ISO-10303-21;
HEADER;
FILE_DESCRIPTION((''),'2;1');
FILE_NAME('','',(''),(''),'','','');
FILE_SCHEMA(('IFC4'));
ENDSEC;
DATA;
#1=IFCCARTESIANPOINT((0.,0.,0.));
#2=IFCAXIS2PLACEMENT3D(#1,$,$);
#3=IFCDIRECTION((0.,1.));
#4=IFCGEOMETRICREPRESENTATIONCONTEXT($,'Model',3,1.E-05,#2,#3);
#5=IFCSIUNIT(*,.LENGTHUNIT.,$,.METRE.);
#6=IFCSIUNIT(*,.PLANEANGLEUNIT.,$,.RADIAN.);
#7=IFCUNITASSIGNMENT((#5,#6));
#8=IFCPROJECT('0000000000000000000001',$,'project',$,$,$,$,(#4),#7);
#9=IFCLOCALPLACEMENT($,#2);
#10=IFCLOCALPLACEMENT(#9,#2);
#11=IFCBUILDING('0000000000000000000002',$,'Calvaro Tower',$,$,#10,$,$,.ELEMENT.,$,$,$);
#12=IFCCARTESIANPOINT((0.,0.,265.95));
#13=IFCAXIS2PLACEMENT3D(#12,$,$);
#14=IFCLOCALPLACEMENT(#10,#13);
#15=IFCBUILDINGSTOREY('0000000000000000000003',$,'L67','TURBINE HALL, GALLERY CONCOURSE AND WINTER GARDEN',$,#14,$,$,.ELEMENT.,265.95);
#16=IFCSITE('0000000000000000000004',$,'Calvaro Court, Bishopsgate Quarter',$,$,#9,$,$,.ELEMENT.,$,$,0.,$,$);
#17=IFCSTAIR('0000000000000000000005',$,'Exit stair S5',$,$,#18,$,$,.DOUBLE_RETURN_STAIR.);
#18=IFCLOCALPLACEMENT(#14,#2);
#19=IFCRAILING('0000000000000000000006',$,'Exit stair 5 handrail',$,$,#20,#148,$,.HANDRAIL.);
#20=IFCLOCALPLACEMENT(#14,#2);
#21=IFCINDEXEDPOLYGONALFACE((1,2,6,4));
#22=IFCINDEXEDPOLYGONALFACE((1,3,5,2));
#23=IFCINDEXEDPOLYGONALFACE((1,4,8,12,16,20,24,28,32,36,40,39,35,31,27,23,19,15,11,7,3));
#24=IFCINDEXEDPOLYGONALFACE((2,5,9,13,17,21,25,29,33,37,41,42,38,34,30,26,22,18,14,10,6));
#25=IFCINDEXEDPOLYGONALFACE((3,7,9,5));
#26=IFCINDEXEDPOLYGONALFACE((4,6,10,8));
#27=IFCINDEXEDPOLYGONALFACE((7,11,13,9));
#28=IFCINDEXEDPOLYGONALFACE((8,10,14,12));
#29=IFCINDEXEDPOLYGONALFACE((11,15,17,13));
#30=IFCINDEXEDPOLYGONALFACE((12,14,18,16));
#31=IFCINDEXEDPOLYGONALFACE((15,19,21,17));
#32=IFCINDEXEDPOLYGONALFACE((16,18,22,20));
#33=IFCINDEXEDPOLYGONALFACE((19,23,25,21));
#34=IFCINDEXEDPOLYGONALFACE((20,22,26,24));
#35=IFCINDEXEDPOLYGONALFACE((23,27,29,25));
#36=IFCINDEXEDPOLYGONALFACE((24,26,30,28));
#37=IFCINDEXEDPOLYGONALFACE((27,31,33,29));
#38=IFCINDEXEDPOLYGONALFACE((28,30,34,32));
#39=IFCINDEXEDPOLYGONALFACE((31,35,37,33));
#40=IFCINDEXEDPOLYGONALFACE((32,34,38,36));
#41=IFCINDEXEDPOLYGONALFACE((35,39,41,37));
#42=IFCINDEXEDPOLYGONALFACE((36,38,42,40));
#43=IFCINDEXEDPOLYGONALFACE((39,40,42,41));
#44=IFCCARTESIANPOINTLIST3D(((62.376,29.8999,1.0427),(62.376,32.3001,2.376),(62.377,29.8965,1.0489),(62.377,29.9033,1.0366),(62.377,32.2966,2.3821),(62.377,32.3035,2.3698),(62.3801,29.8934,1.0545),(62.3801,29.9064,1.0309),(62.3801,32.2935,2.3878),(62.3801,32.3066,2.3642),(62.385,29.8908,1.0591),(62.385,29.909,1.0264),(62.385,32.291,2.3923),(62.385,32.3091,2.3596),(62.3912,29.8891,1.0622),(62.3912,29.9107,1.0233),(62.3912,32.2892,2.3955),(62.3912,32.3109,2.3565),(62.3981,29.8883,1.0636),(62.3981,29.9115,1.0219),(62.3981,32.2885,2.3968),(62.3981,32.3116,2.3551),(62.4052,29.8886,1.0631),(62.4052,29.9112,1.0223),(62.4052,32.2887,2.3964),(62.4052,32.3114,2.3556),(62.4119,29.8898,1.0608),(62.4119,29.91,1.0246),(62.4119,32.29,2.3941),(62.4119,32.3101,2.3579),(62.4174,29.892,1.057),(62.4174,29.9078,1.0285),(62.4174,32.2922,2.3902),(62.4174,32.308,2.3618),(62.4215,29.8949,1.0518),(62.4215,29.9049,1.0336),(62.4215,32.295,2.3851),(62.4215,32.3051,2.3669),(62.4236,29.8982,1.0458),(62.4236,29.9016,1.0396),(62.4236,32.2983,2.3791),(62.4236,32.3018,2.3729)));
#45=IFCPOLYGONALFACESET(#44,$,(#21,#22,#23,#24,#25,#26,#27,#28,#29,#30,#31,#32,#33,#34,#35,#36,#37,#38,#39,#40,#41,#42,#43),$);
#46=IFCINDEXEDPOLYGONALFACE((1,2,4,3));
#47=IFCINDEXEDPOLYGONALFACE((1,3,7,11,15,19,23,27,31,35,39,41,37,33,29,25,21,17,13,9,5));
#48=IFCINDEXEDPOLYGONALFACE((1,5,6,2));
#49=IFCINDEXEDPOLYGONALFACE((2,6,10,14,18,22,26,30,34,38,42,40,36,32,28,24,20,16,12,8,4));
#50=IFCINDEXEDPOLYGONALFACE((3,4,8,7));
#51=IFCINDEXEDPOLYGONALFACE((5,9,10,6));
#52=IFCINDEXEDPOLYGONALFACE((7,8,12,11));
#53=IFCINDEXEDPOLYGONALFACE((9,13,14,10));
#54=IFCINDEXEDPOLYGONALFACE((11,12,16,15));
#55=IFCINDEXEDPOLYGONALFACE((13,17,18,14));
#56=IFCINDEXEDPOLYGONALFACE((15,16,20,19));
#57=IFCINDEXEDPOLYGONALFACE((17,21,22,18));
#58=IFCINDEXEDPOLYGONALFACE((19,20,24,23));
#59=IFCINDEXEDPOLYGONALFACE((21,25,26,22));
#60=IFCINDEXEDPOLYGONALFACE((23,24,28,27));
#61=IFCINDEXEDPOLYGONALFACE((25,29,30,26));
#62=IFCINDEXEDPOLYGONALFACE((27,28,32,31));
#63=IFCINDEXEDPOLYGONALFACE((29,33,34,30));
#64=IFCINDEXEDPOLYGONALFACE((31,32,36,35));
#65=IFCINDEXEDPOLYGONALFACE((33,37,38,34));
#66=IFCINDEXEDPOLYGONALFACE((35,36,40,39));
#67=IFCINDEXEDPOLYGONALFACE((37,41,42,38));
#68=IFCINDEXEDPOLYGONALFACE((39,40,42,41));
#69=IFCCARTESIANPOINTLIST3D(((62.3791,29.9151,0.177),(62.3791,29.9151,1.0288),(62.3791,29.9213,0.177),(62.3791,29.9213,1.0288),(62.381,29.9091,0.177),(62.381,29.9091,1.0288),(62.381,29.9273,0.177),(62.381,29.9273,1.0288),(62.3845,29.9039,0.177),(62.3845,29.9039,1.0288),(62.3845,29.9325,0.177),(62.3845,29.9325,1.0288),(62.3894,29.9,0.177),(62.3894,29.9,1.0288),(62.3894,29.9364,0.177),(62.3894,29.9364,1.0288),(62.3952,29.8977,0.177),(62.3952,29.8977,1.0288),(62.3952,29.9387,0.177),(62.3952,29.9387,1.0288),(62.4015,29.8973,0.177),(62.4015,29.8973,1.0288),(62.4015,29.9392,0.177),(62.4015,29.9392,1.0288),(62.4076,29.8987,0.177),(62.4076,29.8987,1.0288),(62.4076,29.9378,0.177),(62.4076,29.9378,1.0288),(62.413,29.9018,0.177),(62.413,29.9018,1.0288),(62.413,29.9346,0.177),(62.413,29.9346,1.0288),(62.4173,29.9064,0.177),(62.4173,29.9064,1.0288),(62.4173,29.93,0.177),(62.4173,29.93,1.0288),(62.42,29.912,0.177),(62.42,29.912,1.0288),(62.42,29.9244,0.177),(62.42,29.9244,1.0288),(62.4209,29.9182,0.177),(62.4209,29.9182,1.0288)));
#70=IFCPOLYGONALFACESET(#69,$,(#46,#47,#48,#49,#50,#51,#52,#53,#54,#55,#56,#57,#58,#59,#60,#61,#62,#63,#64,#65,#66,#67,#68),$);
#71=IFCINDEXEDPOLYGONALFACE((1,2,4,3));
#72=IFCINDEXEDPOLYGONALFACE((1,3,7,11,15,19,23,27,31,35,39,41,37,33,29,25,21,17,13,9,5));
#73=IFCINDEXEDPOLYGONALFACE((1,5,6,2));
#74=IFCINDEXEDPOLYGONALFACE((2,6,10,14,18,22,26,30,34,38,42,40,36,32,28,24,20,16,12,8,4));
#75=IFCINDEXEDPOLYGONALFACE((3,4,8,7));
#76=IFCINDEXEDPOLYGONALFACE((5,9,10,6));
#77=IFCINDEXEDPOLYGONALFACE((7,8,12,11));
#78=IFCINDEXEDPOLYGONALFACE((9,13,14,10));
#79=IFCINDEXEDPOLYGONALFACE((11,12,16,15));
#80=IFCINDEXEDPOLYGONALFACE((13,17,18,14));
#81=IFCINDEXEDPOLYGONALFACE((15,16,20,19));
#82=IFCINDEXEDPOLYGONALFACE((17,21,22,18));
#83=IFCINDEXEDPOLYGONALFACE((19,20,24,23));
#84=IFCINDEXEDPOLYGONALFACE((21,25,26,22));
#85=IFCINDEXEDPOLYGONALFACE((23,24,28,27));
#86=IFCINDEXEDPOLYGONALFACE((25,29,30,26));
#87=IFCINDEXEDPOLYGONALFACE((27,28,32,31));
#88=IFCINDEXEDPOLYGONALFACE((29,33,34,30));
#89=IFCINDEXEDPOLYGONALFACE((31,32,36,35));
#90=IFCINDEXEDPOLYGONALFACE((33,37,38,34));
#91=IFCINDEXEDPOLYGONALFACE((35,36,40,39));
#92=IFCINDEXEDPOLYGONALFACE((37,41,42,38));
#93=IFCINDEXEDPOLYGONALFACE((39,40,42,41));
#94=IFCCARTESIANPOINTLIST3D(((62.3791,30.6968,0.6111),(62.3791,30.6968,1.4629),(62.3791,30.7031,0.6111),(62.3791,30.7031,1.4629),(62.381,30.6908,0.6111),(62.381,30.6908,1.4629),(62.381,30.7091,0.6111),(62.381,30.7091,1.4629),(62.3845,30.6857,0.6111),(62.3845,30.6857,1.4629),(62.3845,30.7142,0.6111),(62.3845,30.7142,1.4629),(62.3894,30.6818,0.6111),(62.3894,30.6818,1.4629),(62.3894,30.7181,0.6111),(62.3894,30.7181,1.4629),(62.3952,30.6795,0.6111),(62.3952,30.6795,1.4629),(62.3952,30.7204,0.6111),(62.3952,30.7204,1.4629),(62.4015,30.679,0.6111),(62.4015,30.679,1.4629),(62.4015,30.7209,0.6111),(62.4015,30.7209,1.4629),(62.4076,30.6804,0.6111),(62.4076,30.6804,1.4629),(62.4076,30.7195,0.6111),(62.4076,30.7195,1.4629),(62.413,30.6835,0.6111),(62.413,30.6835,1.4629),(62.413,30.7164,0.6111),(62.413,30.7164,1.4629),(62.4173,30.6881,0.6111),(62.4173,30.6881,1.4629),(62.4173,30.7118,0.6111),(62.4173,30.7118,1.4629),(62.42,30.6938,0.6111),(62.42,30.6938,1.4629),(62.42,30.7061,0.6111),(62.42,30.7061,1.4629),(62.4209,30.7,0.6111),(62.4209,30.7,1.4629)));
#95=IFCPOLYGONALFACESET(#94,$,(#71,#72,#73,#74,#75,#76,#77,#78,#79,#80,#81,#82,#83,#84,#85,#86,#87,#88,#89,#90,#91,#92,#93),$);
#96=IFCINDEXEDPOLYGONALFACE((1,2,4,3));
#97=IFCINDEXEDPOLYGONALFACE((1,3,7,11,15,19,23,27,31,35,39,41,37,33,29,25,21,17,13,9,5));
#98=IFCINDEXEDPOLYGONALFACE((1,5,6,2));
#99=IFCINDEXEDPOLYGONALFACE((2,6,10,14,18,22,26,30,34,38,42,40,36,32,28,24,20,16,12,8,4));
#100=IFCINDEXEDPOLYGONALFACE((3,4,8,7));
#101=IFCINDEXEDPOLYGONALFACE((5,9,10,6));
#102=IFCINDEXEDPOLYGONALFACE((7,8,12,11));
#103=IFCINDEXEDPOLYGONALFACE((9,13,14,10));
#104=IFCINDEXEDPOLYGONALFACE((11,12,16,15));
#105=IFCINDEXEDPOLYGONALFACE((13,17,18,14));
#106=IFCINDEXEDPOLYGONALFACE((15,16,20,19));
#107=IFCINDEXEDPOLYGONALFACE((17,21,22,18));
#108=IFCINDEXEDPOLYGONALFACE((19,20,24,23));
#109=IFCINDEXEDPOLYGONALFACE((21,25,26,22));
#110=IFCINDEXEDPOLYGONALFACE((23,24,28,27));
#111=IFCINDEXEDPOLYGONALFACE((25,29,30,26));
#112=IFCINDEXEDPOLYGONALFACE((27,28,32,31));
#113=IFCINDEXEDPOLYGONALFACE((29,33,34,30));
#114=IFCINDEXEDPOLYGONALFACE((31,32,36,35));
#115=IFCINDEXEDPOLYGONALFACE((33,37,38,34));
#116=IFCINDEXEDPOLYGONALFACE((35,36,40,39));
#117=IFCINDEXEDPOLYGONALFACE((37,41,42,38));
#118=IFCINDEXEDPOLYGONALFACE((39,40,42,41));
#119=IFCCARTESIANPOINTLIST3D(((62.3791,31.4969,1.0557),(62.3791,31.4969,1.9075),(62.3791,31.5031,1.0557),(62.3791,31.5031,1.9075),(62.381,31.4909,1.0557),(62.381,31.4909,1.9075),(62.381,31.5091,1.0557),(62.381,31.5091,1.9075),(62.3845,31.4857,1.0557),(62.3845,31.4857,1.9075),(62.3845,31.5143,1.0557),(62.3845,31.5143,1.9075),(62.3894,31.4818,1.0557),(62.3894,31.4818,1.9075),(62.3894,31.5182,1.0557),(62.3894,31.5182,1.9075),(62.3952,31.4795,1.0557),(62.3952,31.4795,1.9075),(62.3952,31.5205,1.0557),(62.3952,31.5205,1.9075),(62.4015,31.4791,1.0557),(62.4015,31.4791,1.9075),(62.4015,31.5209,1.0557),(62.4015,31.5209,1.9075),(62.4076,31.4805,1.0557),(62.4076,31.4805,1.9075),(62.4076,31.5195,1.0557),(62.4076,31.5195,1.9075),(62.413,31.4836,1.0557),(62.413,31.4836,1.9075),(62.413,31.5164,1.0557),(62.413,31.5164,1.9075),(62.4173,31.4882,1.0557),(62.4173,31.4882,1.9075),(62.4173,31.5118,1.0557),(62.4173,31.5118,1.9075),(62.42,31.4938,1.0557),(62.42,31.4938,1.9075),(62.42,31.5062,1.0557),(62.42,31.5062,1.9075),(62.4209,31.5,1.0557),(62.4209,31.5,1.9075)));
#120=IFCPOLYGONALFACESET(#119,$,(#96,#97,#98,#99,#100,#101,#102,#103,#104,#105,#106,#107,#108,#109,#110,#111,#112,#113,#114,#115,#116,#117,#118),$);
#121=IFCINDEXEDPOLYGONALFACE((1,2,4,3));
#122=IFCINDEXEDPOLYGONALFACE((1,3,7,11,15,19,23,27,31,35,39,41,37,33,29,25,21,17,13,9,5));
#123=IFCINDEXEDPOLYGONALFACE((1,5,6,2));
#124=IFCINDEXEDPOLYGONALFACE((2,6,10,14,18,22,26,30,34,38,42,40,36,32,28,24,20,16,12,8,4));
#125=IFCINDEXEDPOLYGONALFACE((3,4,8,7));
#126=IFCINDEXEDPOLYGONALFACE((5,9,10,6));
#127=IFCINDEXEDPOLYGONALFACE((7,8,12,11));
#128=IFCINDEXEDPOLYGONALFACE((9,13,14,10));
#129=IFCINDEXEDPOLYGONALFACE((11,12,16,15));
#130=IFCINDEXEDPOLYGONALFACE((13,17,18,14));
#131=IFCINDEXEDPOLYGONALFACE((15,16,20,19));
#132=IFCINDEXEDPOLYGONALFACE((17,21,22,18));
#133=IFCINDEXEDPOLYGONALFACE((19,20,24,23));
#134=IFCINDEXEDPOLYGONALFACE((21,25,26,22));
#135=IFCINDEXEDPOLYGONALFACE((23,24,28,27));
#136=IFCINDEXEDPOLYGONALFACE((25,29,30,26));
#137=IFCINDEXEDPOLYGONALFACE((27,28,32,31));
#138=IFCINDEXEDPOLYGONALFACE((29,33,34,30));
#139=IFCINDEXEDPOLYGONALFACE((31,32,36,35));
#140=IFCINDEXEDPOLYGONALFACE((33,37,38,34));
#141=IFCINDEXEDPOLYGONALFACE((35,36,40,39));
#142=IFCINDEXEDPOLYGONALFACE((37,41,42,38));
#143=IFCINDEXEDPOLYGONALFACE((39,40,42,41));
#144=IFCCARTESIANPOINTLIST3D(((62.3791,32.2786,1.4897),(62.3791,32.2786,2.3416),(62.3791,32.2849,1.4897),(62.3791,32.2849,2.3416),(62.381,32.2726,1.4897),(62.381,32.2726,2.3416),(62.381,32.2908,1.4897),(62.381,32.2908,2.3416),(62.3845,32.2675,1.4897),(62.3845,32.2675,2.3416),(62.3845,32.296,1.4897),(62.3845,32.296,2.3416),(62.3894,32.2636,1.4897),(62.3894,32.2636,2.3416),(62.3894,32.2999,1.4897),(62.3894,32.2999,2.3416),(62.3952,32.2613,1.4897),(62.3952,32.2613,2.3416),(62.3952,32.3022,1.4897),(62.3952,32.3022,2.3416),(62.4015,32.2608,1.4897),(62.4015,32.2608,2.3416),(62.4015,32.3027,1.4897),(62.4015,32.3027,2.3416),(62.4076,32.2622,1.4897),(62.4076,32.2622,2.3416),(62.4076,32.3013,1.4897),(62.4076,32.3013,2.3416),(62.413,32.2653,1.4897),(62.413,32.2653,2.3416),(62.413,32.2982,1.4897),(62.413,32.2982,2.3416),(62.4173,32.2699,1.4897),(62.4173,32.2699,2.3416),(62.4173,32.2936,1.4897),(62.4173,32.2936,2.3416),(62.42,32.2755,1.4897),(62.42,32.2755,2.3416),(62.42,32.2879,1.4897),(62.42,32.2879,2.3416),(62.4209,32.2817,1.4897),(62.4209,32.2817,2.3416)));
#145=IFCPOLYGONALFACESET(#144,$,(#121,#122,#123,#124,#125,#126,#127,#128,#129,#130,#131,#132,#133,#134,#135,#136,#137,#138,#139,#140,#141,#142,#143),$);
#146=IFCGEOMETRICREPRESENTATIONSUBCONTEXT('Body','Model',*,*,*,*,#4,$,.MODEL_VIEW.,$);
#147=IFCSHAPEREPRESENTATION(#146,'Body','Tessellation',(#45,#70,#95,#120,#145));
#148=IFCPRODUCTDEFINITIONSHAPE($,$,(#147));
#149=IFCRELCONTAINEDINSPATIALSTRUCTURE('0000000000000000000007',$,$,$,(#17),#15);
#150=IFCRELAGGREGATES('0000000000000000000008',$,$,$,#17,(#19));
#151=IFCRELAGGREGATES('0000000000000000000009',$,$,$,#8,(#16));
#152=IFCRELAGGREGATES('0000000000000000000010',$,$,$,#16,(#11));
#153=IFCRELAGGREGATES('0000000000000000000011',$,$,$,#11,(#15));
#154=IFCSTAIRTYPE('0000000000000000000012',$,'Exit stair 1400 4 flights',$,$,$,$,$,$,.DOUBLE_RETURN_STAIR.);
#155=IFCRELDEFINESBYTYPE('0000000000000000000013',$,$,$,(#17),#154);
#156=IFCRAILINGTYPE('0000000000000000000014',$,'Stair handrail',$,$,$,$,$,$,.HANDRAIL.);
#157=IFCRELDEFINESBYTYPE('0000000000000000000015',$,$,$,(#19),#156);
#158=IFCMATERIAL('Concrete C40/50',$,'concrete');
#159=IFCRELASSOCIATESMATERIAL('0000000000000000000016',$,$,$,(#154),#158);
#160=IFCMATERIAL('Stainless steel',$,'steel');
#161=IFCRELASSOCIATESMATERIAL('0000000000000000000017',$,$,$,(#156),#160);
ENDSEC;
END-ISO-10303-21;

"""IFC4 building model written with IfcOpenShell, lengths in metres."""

from ifc_helpers import new_model, si_unit, direction, frame, origin, origin_2d, place, context, subcontext, project, spatial, circle, extrude, material, type_object, element, aggregate, save


model = new_model("IFC4")

# Units and contexts
model_context = context("Model", 3, precision=1e-05, world=origin(), true_north=direction((0.0, 1.0)))
body_context = subcontext(model_context, "Body", "Model", "MODEL_VIEW")
ifc_project = project(units=[si_unit("LENGTHUNIT", "METRE"), si_unit("PLANEANGLEUNIT", "RADIAN")], contexts=[model_context])

# Site, building, storey
site_placement = place(None, origin())
site = spatial("IfcSite", under=ifc_project, at=site_placement, Name="Calvaro Court, Bishopsgate Quarter", CompositionType="ELEMENT", RefElevation=0.0)
building_placement = place(site_placement, origin())
building = spatial("IfcBuilding", under=site, at=building_placement, Name="Calvaro Tower", CompositionType="ELEMENT")
storey_placement = place(building_placement, frame((0.0, 0.0, 265.95)))
storey = spatial("IfcBuildingStorey", under=building, at=storey_placement, Name="L67", Description="TURBINE HALL, GALLERY CONCOURSE AND WINTER GARDEN", CompositionType="ELEMENT", Elevation=265.95)

# Stair
ifc_material_1 = material(Name="Concrete C40/50", Category="concrete")
stair_type = type_object("IfcStairType", Name="Exit stair 1400 4 flights", PredefinedType="DOUBLE_RETURN_STAIR", material=ifc_material_1)
stair_1_placement = place(storey_placement, origin())
stair_1 = element("IfcStair", 1, at=stair_1_placement, inside=storey, type_object=stair_type, Name="Exit stair S5", PredefinedType="DOUBLE_RETURN_STAIR")

# Railing
ifc_material_2 = material(Name="Stainless steel", Category="steel")
railing_type_1 = type_object("IfcRailingType", Name="Stair handrail", PredefinedType="HANDRAIL", material=ifc_material_2)
railing_1_placement = place(storey_placement, frame((62.3999, 29.8999, 0.1667)))
railing_1 = element("IfcRailing", 2, at=railing_1_placement, type_object=railing_type_1, Name="Exit stair 5 handrail", PredefinedType="HANDRAIL", context=body_context, shape_type="SweptSolid", body=[
    extrude(circle(Radius=0.0239, at=origin_2d()), frame((0.0, 0.0, 0.876), z_axis=(0.0, 0.874182, 0.485598), x_axis=(-1.0, 0.0, 0.0)), (0.0, 0.0, 1.0), 2.7456),
    extrude(circle(Radius=0.021, at=origin_2d()), frame((0.0, 0.0183, 0.0103)), (0.0, 0.0, 1.0), 0.8518),
    extrude(circle(Radius=0.021, at=origin_2d()), frame((0.0, 0.8, 0.4443)), (0.0, 0.0, 1.0), 0.8518),
    extrude(circle(Radius=0.021, at=origin_2d()), frame((0.0, 1.6001, 0.8889)), (0.0, 0.0, 1.0), 0.8518),
    extrude(circle(Radius=0.021, at=origin_2d()), frame((0.0, 2.3818, 1.323)), (0.0, 0.0, 1.0), 0.8518),
])
aggregate(stair_1, [railing_1])

save(model, "model.ifc")
